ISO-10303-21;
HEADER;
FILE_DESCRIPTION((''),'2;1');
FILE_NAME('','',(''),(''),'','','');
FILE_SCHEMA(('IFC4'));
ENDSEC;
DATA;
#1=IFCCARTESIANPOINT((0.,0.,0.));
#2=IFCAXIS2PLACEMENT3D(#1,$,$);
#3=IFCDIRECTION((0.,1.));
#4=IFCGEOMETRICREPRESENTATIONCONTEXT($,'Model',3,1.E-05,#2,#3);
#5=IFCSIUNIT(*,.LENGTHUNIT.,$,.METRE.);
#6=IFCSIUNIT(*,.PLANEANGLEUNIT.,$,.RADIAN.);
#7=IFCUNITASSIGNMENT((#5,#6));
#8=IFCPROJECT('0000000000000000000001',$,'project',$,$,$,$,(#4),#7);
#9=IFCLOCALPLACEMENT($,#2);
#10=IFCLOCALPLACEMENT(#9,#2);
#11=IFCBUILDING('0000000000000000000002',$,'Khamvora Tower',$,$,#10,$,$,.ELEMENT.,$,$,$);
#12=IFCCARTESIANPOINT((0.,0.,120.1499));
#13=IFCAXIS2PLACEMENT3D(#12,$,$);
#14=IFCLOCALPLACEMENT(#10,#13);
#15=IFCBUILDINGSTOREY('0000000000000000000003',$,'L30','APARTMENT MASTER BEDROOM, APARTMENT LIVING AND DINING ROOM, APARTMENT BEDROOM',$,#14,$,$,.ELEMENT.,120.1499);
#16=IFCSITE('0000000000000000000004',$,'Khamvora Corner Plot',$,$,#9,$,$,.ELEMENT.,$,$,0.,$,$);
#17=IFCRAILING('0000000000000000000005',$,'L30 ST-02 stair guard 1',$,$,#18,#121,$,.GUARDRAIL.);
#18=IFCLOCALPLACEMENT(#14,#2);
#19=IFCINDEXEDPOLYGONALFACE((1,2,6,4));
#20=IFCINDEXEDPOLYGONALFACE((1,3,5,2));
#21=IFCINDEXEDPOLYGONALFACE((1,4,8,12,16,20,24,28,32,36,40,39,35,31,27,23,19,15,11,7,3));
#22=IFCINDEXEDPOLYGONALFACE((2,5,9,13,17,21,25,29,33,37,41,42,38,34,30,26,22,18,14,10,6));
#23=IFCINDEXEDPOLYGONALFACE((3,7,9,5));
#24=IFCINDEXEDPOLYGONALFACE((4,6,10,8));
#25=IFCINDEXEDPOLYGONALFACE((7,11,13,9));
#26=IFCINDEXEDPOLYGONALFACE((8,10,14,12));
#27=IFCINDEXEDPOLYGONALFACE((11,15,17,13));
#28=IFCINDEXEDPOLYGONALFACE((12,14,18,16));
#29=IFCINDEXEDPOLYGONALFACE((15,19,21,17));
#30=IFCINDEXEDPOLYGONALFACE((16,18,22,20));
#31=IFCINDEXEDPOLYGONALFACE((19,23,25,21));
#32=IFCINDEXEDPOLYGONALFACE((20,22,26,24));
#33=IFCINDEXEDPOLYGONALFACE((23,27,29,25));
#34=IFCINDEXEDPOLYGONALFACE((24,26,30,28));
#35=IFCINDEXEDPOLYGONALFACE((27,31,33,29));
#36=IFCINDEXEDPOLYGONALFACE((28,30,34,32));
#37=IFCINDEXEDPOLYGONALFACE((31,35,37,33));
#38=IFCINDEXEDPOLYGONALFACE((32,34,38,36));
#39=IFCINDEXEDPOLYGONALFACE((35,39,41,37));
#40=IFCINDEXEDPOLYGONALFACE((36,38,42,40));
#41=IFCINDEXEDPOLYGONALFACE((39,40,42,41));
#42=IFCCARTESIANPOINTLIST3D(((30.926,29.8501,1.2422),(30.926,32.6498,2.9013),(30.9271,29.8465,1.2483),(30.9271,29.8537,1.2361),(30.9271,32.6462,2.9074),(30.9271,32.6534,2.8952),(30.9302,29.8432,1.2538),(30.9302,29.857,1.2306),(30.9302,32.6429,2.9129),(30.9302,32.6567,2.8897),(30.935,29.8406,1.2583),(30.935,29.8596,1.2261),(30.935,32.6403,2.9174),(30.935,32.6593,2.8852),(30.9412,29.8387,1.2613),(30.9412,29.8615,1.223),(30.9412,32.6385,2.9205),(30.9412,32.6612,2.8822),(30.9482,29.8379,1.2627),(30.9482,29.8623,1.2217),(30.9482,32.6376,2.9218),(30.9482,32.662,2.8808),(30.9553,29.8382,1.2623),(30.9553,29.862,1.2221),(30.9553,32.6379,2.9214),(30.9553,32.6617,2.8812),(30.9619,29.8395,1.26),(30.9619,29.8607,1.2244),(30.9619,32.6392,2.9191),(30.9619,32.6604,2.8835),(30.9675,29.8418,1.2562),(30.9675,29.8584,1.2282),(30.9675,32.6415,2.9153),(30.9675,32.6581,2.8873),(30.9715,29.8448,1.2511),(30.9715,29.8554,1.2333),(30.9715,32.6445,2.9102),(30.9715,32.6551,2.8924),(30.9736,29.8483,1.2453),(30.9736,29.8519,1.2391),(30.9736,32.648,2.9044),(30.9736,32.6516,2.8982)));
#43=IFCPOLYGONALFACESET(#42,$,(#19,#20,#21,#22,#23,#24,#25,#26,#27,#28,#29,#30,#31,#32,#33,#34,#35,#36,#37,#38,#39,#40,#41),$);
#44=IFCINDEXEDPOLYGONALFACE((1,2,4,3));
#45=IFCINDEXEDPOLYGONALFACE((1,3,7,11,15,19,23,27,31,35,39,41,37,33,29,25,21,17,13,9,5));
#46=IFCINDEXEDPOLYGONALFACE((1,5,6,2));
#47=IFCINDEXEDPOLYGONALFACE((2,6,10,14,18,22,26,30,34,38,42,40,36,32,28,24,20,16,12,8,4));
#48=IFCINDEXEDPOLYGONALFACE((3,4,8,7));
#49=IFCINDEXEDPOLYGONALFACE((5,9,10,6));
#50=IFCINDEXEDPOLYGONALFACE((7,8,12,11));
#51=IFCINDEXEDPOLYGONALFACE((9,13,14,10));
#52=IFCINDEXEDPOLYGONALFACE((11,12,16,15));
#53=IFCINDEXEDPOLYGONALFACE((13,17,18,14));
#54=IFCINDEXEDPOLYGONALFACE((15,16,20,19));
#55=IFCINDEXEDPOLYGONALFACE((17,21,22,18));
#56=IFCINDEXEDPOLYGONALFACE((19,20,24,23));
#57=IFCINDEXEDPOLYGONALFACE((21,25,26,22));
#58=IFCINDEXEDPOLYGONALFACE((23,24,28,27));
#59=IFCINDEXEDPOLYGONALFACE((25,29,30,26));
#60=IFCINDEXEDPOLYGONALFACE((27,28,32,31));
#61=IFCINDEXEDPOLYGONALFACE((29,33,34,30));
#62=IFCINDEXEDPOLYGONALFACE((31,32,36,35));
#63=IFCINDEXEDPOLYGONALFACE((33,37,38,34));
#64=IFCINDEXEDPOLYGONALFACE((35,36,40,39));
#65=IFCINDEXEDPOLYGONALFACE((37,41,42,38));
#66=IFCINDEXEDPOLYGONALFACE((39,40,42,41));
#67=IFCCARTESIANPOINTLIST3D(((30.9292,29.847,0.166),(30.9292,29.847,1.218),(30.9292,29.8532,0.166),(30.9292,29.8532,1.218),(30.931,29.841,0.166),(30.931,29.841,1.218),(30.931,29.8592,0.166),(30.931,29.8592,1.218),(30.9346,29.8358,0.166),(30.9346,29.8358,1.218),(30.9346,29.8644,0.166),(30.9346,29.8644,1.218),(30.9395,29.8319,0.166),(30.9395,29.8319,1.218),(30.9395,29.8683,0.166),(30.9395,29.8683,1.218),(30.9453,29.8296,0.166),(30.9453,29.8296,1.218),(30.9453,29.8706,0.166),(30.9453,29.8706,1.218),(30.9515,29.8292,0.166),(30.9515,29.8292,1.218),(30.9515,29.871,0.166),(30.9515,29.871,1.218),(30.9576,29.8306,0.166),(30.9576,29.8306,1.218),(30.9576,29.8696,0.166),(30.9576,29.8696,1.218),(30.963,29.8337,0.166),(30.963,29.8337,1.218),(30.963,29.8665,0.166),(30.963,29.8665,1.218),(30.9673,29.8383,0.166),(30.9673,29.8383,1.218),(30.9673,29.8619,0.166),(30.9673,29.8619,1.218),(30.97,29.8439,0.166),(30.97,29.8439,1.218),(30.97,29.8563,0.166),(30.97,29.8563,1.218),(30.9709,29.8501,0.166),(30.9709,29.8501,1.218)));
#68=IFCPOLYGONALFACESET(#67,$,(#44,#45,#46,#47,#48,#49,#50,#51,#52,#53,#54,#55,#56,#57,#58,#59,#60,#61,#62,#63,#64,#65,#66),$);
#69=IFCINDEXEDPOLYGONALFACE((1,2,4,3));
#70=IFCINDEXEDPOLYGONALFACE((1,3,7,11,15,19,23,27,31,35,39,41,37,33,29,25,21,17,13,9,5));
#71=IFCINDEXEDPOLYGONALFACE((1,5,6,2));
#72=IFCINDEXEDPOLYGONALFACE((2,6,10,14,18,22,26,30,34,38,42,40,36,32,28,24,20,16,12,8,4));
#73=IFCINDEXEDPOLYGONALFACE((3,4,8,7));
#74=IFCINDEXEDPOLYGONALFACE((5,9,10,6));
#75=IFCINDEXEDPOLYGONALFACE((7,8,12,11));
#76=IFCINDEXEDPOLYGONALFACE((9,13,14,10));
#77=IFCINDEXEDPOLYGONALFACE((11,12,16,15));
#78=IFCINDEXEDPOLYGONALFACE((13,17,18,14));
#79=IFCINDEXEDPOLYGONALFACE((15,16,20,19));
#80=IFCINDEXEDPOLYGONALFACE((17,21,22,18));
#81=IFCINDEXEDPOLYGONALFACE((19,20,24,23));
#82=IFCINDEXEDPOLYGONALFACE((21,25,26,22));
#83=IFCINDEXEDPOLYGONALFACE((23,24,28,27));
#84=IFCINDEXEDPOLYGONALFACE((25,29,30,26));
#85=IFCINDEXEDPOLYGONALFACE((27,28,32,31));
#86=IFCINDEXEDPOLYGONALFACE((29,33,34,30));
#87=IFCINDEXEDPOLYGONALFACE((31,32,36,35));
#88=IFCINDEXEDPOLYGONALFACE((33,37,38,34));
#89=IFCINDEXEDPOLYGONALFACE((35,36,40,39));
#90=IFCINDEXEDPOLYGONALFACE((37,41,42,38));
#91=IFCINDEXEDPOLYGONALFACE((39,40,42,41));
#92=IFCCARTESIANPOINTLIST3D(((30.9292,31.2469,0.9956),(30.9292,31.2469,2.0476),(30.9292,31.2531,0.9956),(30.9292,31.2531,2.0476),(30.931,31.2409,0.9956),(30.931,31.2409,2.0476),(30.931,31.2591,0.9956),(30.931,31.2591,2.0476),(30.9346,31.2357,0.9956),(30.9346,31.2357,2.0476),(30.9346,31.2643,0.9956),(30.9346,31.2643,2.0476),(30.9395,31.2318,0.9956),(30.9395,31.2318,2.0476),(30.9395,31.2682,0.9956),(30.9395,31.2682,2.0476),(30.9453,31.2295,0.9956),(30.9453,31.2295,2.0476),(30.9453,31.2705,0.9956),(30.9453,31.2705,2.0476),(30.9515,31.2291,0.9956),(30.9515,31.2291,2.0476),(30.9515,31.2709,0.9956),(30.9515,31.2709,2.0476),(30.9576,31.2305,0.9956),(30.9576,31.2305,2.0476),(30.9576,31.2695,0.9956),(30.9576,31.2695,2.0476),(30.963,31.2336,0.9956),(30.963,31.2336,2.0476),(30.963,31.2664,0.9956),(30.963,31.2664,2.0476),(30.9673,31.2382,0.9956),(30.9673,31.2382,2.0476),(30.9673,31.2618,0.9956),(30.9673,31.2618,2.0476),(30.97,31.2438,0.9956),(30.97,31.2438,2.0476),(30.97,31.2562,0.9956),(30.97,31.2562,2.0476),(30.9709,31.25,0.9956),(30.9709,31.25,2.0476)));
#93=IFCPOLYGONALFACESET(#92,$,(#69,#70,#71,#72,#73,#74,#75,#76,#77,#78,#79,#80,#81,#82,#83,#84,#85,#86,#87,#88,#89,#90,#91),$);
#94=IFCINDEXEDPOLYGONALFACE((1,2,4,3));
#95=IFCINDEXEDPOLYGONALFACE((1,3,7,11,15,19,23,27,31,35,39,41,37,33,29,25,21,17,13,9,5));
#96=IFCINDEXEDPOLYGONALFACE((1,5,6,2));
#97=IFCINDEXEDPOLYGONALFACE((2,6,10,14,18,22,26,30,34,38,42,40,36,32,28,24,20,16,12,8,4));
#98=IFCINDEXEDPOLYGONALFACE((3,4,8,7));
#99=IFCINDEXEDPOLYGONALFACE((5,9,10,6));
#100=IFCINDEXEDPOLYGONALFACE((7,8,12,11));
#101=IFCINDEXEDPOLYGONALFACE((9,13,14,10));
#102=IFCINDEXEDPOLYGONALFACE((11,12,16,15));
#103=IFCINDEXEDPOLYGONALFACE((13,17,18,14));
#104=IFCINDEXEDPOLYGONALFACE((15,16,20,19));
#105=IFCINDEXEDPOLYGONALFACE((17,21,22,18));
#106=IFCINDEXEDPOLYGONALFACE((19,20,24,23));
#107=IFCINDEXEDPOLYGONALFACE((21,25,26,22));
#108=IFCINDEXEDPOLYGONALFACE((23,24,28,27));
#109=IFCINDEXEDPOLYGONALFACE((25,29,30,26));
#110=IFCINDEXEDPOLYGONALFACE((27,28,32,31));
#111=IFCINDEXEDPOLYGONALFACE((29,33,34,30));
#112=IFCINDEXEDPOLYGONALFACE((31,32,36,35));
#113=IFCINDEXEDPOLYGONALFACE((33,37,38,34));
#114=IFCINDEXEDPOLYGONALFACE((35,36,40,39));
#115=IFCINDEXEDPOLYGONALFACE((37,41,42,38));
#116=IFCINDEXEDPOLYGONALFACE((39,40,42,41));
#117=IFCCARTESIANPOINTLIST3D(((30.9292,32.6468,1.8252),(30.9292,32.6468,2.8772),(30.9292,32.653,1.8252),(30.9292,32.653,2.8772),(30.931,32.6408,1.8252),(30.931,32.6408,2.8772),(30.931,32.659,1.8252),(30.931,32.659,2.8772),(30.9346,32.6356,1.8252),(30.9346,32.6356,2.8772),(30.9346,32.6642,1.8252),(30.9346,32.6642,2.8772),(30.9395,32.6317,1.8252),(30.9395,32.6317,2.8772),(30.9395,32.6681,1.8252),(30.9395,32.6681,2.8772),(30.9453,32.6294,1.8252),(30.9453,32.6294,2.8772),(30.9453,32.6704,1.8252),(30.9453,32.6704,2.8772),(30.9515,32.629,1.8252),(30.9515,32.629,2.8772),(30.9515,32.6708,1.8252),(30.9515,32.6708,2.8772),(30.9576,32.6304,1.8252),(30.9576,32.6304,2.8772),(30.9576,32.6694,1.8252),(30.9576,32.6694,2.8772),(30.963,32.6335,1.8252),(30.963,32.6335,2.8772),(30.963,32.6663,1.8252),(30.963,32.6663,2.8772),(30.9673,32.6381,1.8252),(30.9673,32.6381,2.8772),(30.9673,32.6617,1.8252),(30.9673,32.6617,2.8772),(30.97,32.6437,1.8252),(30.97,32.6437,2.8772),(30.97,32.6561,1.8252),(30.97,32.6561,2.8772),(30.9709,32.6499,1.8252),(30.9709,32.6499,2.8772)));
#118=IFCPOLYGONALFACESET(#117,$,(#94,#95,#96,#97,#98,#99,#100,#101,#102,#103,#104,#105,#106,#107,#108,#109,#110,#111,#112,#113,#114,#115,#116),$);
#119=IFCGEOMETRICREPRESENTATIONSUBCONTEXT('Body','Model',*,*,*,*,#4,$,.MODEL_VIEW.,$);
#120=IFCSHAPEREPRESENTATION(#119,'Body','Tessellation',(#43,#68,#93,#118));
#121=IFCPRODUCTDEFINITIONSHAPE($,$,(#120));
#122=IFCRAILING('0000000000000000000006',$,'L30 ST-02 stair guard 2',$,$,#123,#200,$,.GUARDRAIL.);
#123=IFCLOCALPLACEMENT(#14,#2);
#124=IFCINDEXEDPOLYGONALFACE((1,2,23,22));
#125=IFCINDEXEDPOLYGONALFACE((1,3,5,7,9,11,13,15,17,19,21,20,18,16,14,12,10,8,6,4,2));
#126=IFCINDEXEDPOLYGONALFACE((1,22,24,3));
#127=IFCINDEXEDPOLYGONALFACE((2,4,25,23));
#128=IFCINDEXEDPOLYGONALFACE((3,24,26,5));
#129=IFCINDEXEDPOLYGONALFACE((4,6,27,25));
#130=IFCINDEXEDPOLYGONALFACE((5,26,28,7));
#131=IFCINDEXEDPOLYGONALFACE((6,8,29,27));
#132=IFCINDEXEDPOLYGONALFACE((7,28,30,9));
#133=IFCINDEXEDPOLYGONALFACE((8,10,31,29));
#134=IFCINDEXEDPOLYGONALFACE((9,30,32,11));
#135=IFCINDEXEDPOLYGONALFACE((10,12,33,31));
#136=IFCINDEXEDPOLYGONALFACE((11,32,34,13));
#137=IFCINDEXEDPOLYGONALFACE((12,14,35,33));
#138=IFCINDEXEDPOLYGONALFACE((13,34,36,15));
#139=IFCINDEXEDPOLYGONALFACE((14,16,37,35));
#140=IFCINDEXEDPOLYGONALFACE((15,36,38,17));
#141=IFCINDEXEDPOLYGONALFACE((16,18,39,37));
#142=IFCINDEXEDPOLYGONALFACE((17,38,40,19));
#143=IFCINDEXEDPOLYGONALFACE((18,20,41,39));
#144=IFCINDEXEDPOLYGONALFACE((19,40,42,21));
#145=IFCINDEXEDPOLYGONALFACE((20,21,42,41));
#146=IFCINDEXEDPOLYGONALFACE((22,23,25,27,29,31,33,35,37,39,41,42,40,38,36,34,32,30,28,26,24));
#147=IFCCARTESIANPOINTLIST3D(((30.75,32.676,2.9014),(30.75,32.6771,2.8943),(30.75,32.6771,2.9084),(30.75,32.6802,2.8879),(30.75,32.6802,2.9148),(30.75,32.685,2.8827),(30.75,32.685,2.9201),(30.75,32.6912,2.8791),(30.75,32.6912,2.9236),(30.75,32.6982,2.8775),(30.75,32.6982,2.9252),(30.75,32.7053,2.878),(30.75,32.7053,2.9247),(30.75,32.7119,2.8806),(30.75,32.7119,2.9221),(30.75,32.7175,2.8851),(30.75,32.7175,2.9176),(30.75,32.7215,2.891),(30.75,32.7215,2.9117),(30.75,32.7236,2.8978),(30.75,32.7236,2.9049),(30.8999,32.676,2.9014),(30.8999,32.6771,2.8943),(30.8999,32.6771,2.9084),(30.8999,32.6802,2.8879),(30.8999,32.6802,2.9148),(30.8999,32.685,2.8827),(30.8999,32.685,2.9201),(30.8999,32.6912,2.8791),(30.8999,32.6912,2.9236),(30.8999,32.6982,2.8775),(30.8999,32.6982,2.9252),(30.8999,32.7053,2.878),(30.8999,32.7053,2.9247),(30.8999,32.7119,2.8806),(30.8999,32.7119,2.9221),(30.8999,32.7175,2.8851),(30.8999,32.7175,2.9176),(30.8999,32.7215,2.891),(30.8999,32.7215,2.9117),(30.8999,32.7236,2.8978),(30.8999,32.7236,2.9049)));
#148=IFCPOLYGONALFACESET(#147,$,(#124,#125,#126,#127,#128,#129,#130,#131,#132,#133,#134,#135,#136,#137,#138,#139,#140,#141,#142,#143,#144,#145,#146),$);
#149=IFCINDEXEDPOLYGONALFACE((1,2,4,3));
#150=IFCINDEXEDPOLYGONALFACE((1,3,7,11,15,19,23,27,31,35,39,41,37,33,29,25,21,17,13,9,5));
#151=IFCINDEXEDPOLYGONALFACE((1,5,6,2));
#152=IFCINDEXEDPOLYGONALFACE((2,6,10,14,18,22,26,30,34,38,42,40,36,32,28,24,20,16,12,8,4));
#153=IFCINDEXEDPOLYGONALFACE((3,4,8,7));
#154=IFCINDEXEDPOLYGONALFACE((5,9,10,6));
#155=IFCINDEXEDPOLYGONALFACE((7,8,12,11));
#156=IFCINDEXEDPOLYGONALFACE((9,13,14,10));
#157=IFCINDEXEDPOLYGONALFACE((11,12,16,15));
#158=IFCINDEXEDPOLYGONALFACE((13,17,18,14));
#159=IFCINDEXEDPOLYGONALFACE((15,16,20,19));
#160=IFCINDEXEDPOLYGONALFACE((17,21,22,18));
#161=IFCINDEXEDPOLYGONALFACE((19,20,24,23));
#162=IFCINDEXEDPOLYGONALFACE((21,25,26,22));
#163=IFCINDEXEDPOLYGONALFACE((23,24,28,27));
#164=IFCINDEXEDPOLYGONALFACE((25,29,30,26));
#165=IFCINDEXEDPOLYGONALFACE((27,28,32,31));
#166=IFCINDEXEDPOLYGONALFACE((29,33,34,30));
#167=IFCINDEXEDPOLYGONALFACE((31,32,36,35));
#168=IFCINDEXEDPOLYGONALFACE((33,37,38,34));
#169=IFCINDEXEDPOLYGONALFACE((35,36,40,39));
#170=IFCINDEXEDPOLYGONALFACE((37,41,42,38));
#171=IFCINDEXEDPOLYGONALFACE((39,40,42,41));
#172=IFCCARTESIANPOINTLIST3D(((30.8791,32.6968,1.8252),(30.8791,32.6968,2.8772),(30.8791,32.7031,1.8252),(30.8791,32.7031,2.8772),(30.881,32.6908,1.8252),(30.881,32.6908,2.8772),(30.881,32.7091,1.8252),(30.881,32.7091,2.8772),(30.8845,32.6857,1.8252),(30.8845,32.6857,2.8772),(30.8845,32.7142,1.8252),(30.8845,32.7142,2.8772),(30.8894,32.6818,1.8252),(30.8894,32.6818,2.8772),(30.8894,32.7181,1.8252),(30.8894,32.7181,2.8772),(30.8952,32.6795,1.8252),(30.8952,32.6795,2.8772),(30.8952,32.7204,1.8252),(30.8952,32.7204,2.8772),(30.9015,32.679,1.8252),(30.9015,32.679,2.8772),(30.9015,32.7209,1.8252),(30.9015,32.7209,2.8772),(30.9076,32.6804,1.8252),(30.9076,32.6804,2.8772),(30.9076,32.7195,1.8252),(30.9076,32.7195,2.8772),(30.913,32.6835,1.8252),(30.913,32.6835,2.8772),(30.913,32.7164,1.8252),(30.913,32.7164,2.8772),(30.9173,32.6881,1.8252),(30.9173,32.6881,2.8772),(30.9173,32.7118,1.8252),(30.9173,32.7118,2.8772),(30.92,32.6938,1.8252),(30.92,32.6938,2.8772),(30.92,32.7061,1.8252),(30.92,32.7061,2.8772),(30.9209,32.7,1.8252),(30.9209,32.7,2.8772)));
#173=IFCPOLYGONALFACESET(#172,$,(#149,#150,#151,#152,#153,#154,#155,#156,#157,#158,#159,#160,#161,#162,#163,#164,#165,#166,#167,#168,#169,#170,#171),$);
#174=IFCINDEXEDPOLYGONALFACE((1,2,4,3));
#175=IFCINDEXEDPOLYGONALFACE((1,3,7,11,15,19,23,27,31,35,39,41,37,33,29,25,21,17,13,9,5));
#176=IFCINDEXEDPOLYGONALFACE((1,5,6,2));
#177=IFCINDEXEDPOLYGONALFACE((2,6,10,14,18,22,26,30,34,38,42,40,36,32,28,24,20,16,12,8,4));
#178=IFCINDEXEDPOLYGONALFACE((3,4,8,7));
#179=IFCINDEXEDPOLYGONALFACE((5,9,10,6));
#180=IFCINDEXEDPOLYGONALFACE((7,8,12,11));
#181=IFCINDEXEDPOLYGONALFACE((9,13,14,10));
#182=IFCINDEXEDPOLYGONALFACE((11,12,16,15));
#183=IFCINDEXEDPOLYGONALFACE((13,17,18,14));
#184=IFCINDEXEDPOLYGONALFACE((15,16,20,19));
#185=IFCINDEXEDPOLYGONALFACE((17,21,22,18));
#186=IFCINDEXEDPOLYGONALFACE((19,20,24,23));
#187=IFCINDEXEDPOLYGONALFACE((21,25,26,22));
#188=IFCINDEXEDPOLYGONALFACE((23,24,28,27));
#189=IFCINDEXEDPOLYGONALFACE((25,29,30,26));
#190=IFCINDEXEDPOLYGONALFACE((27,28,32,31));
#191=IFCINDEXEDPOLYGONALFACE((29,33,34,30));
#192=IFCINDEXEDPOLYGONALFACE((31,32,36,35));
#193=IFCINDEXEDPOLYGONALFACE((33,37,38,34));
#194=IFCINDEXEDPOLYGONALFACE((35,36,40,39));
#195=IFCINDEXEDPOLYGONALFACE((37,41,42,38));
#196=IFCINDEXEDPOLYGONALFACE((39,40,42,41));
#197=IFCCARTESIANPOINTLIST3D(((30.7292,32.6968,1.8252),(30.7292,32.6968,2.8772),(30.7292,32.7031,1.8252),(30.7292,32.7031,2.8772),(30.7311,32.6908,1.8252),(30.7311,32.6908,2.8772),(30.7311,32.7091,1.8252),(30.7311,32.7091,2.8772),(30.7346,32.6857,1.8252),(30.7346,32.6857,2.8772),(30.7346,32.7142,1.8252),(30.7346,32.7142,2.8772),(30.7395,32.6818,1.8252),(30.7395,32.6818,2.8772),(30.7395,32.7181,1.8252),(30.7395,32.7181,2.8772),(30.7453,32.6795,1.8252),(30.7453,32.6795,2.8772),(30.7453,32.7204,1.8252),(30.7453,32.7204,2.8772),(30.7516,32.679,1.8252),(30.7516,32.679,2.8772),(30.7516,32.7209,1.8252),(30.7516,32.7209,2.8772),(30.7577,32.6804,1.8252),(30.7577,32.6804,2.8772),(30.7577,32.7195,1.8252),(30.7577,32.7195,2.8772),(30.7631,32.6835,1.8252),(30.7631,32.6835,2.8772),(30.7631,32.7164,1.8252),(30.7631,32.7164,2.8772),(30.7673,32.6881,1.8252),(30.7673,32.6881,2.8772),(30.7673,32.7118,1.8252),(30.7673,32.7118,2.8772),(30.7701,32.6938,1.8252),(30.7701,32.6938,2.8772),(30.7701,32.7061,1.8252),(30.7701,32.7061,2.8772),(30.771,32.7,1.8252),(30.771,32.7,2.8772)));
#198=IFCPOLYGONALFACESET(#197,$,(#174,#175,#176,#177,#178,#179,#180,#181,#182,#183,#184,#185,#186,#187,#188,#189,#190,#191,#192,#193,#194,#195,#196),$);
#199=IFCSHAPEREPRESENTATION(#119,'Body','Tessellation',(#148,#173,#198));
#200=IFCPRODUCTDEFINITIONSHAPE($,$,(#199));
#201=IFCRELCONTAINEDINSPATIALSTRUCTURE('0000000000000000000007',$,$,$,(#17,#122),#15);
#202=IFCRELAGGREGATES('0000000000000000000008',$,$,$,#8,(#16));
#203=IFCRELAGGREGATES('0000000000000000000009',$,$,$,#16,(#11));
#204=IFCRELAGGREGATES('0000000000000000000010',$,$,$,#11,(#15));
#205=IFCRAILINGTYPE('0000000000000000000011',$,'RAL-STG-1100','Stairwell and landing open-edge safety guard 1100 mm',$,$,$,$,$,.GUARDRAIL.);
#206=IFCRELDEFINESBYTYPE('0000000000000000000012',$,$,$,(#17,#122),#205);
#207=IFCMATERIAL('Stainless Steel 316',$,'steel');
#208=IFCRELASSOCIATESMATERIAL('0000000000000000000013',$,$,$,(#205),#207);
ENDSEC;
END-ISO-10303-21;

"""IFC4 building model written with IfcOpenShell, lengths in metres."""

from ifc_helpers import new_model, si_unit, direction, frame, origin, origin_2d, place, context, subcontext, project, spatial, circle, extrude, material, type_object, element, save


model = new_model("IFC4")

# Units and contexts
model_context = context("Model", 3, precision=1e-05, world=origin(), true_north=direction((0.0, 1.0)))
body_context = subcontext(model_context, "Body", "Model", "MODEL_VIEW")
ifc_project = project(units=[si_unit("LENGTHUNIT", "METRE"), si_unit("PLANEANGLEUNIT", "RADIAN")], contexts=[model_context])

# Site, building, storey
site_placement = place(None, origin())
site = spatial("IfcSite", under=ifc_project, at=site_placement, Name="Khamvora Corner Plot", CompositionType="ELEMENT", RefElevation=0.0)
building_placement = place(site_placement, origin())
building = spatial("IfcBuilding", under=site, at=building_placement, Name="Khamvora Tower", CompositionType="ELEMENT")
storey_placement = place(building_placement, frame((0.0, 0.0, 120.1499)))
storey = spatial("IfcBuildingStorey", under=building, at=storey_placement, Name="L30", Description="APARTMENT MASTER BEDROOM, APARTMENT LIVING AND DINING ROOM, APARTMENT BEDROOM", CompositionType="ELEMENT", Elevation=120.1499)

# Railings
ifc_material_1 = material(Name="Stainless Steel 316", Category="steel")
railing_type_1 = type_object("IfcRailingType", Name="RAL-STG-1100", Description="Stairwell and landing open-edge safety guard 1100 mm", PredefinedType="GUARDRAIL", material=ifc_material_1)
railing_1_placement = place(storey_placement, frame((30.95, 29.8501, 0.166)))
element("IfcRailing", 1, at=railing_1_placement, inside=storey, type_object=railing_type_1, Name="L30 ST-02 stair guard 1", PredefinedType="GUARDRAIL", context=body_context, shape_type="SweptSolid", body=[
    extrude(circle(Radius=0.0239, at=origin_2d()), frame((0.0, 0.0, 1.0762), z_axis=(0.0, 0.860287, 0.509811), x_axis=(-1.0, 0.0, 0.0)), (0.0, 0.0, 1.0), 3.2544),
    extrude(circle(Radius=0.021, at=origin_2d()), origin(), (0.0, 0.0, 1.0), 1.052),
    extrude(circle(Radius=0.021, at=origin_2d()), frame((0.0, 1.3999, 0.8296)), (0.0, 0.0, 1.0), 1.052),
    extrude(circle(Radius=0.021, at=origin_2d()), frame((0.0, 2.7998, 1.6592)), (0.0, 0.0, 1.0), 1.052),
])
railing_2_placement = place(storey_placement, frame((30.8999, 32.7, 1.8252)))
element("IfcRailing", 2, at=railing_2_placement, inside=storey, type_object=railing_type_1, Name="L30 ST-02 stair guard 2", PredefinedType="GUARDRAIL", context=body_context, shape_type="SweptSolid", body=[
    extrude(circle(Radius=0.0239, at=origin_2d()), frame((0.0, 0.0, 1.0762), z_axis=(-1.0, 0.0, 0.0), x_axis=(0.0, -1.0, 0.0)), (0.0, 0.0, 1.0), 0.1499),
    extrude(circle(Radius=0.021, at=origin_2d()), origin(), (0.0, 0.0, 1.0), 1.052),
    extrude(circle(Radius=0.021, at=origin_2d()), frame((-0.1499, 0.0, 0.0)), (0.0, 0.0, 1.0), 1.052),
])

save(model, "model.ifc")
